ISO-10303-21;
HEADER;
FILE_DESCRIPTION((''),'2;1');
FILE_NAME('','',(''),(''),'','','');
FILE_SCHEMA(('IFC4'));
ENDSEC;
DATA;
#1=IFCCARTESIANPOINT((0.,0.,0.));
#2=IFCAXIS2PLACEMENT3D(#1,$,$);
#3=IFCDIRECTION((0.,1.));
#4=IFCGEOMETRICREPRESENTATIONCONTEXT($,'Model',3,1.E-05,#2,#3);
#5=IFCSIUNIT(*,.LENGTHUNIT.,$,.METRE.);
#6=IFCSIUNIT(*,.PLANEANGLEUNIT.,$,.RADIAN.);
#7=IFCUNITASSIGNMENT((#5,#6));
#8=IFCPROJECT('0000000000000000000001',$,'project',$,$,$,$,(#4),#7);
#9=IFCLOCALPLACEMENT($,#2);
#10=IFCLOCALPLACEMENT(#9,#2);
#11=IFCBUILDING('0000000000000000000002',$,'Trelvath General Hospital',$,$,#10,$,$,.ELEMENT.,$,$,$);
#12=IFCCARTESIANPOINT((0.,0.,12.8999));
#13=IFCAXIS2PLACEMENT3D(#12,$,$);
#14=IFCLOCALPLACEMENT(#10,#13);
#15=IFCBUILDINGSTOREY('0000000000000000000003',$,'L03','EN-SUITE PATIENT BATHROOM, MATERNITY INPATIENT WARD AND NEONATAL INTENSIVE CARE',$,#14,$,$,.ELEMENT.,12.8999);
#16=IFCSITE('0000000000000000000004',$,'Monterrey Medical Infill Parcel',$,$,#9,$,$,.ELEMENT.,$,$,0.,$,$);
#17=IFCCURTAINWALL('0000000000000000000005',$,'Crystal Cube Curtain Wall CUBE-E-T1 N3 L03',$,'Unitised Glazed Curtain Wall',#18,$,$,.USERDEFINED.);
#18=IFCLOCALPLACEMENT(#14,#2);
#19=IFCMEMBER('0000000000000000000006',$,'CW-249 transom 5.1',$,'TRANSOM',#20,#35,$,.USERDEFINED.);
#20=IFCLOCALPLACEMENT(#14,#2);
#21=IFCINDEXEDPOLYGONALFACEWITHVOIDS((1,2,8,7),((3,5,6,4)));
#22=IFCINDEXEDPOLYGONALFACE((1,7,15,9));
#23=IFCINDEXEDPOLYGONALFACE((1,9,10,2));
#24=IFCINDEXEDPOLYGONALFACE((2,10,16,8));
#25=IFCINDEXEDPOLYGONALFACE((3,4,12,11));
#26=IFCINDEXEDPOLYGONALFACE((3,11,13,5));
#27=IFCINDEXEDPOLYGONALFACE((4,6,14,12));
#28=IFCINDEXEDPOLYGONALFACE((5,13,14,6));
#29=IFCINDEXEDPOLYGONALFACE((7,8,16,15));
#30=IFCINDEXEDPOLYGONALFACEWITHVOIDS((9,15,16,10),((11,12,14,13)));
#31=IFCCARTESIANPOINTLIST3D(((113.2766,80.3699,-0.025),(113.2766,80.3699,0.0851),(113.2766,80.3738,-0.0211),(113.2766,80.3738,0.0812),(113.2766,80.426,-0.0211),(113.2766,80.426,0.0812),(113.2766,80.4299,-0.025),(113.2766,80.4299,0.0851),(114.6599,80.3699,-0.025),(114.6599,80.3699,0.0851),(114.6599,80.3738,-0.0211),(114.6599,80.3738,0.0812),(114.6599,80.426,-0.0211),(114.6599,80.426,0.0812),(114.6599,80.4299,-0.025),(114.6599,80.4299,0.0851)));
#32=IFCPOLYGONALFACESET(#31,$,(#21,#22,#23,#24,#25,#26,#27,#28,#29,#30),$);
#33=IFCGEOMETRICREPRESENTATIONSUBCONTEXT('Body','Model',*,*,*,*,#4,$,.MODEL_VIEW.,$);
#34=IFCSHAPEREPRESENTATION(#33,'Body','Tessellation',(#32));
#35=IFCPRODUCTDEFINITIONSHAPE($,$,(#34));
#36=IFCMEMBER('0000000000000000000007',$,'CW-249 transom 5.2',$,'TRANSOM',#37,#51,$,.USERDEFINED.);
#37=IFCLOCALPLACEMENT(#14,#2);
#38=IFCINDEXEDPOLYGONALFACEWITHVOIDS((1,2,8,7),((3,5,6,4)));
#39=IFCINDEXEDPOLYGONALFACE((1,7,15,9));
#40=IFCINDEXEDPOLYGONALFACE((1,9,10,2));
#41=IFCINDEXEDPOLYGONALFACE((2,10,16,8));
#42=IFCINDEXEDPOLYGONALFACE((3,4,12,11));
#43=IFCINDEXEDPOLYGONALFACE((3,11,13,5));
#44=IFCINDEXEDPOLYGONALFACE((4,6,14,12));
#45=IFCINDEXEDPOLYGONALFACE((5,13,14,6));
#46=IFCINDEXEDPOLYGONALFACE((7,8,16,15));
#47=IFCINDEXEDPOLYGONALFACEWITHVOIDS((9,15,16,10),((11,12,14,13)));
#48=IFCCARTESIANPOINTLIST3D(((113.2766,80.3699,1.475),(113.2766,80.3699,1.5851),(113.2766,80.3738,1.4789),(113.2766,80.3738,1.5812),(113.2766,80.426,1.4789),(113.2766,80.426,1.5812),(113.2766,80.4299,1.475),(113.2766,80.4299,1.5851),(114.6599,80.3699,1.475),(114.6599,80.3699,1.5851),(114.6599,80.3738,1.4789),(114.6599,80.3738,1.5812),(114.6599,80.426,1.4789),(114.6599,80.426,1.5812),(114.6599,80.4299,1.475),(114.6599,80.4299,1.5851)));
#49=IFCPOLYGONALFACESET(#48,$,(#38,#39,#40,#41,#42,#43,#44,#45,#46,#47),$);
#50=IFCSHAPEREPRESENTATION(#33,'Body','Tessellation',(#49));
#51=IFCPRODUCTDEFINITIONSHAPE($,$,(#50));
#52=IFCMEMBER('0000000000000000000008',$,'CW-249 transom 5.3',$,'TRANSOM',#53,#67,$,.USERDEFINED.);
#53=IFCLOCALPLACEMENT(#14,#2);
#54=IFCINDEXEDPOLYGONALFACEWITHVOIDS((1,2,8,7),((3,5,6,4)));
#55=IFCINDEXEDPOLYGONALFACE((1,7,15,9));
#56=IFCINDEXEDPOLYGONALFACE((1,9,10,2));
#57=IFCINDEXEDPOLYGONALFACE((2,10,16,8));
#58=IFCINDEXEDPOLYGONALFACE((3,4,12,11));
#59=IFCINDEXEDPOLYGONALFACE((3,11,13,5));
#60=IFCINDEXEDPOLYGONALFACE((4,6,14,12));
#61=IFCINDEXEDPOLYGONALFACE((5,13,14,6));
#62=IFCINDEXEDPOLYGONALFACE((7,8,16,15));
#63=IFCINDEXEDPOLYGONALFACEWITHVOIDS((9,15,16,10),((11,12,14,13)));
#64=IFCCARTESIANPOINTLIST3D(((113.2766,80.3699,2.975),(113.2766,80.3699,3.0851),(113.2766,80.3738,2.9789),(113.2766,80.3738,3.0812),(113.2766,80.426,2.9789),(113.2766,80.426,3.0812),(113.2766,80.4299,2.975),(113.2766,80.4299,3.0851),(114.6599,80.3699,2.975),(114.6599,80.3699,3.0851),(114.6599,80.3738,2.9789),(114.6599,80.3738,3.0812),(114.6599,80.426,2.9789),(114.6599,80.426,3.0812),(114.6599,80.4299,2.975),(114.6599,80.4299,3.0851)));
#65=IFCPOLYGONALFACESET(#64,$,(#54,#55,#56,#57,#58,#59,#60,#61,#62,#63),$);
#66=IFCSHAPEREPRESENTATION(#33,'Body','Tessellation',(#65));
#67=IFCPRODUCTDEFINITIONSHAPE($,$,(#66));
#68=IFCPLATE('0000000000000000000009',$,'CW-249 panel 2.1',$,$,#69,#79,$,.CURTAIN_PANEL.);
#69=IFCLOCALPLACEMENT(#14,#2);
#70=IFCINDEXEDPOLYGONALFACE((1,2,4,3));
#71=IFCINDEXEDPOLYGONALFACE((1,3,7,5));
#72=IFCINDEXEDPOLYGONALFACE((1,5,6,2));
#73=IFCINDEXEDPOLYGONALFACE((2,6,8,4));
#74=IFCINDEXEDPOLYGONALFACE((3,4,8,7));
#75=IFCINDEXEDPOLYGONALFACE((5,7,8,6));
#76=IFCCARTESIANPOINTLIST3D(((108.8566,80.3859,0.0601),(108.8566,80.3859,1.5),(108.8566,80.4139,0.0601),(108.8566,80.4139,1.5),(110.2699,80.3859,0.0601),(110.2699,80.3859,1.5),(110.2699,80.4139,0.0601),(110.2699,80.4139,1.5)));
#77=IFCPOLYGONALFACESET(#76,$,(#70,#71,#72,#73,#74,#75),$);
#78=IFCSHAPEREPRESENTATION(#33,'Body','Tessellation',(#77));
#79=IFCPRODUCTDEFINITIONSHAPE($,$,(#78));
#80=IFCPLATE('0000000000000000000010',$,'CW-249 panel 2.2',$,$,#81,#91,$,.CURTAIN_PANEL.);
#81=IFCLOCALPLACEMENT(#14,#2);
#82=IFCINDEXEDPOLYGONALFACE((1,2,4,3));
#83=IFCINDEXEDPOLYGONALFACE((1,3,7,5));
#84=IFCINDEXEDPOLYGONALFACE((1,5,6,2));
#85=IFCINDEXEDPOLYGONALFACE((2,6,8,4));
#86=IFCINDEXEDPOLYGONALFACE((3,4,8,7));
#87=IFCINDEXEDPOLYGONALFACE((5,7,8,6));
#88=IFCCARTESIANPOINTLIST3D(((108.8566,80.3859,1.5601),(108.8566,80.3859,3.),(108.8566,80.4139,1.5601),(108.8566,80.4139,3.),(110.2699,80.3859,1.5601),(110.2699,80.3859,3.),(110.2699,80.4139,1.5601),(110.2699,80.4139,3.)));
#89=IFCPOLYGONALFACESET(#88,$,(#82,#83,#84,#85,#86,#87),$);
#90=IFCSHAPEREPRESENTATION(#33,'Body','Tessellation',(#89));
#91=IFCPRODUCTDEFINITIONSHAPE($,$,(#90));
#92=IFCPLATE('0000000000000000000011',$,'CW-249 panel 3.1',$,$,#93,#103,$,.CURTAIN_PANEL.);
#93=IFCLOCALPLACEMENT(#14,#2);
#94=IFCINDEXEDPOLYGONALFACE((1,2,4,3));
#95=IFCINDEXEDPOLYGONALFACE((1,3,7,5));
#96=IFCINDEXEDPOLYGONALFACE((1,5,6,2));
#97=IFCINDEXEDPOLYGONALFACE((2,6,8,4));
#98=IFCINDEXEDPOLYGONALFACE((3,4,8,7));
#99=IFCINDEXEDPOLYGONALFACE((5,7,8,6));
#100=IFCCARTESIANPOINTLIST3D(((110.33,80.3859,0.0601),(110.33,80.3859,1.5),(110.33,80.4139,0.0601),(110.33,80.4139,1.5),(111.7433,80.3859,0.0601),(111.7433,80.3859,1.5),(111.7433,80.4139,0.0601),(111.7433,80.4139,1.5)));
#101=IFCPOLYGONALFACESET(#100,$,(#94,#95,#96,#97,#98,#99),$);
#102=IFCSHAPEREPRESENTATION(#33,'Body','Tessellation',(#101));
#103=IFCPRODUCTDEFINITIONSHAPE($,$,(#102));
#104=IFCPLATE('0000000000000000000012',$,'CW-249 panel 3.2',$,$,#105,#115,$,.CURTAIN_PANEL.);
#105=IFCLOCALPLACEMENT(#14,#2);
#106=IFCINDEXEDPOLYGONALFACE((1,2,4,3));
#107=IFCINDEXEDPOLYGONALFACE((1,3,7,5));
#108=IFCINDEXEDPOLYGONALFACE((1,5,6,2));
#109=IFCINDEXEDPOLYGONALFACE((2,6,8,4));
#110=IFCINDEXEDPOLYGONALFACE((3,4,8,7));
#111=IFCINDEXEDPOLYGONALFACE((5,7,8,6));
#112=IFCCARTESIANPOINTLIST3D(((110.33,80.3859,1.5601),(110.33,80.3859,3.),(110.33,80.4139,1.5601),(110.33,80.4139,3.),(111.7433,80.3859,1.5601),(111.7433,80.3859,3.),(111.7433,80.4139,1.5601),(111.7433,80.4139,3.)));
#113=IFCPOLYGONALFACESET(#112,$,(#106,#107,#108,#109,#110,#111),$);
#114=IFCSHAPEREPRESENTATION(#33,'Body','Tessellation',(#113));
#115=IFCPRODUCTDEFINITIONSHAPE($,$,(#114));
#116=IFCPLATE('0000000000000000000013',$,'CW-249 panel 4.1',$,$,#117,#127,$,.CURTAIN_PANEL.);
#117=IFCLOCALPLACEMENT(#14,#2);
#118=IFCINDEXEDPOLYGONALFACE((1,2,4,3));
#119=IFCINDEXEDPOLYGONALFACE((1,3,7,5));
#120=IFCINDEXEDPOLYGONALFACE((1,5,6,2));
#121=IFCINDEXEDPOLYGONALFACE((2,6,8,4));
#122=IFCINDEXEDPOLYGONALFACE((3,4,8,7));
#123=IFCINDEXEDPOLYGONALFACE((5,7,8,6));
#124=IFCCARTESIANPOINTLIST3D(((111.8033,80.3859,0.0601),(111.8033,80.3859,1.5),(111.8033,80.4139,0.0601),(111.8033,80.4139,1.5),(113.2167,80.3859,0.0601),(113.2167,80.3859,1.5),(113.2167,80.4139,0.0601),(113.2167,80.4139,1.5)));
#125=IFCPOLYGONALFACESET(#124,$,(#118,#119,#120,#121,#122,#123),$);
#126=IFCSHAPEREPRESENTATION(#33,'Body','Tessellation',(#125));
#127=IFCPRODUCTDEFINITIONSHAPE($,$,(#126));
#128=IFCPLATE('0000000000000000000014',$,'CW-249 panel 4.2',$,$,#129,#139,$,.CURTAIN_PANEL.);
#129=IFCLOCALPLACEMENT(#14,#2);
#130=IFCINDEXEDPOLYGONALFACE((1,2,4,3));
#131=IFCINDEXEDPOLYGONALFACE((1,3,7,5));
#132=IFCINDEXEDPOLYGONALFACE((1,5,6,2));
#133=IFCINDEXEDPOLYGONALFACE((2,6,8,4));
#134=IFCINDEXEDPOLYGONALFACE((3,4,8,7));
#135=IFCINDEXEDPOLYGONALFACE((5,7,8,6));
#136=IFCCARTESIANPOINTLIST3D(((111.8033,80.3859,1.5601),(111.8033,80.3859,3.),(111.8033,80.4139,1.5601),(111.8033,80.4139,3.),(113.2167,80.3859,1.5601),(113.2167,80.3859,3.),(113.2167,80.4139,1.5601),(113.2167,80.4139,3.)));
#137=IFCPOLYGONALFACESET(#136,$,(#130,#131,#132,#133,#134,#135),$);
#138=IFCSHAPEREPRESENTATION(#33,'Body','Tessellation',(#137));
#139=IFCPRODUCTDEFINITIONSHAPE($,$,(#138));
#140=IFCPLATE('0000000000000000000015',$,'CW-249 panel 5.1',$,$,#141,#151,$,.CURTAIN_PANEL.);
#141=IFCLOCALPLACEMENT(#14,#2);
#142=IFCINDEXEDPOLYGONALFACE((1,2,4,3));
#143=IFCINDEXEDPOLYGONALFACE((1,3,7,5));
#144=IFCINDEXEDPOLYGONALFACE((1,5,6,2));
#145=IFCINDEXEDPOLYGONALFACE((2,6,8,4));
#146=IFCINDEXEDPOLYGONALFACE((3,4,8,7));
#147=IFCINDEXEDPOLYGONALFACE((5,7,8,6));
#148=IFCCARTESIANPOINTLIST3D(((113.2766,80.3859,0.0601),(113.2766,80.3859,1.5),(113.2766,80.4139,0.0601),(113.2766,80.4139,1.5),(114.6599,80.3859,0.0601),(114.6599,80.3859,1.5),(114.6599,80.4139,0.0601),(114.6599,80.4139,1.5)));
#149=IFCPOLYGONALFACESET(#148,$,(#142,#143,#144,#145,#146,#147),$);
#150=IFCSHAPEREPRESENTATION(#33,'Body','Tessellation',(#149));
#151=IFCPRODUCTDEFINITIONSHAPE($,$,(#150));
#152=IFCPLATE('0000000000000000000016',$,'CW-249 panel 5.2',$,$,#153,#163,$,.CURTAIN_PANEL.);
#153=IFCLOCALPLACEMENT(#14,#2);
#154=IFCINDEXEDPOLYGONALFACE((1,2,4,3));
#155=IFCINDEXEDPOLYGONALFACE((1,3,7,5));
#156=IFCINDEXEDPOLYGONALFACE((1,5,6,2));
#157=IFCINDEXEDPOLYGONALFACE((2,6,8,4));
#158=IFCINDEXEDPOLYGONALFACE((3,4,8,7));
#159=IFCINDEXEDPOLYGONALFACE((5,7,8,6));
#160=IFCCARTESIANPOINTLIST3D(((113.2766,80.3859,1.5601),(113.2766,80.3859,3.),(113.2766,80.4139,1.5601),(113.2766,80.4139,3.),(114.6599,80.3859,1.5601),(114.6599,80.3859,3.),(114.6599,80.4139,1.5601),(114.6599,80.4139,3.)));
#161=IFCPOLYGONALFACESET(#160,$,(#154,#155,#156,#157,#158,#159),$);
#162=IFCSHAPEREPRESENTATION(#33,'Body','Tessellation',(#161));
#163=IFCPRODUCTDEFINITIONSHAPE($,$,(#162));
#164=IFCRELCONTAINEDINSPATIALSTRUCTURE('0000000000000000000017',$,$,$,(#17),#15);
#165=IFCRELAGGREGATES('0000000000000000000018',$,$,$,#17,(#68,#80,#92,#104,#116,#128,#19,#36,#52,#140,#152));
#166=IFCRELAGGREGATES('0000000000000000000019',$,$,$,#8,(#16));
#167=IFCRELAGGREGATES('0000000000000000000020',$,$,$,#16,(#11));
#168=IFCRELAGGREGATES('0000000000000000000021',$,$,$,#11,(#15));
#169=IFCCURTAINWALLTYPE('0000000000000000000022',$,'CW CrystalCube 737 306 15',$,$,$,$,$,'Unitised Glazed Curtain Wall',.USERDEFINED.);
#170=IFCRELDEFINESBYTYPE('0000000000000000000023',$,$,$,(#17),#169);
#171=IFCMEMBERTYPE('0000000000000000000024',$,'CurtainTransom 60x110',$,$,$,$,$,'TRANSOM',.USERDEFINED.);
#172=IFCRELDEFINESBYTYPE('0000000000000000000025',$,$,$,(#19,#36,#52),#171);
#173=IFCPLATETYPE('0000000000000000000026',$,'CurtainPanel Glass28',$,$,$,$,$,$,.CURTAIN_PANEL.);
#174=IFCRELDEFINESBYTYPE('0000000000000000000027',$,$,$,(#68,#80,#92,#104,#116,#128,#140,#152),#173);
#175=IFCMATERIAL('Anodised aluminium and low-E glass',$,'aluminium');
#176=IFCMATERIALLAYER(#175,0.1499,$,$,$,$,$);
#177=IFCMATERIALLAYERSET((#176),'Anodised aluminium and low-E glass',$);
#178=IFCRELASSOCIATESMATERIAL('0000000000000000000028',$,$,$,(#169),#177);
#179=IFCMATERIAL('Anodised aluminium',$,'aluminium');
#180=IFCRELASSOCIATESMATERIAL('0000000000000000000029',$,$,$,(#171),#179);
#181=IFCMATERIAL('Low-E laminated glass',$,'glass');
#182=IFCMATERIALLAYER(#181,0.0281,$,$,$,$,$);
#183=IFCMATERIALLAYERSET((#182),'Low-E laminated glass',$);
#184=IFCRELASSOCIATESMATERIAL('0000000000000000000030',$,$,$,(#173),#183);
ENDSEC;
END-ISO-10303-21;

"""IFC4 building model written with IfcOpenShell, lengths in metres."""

from ifc_helpers import new_model, si_unit, direction, frame, origin, origin_2d, place, context, subcontext, project, spatial, rectangle, hollow_rectangle, extrude, material, layer, layer_set, material_profile, profile_set, type_object, element, aggregate, save


model = new_model("IFC4")

# Units and contexts
model_context = context("Model", 3, precision=1e-05, world=origin(), true_north=direction((0.0, 1.0)))
body_context = subcontext(model_context, "Body", "Model", "MODEL_VIEW")
ifc_project = project(units=[si_unit("LENGTHUNIT", "METRE"), si_unit("PLANEANGLEUNIT", "RADIAN")], contexts=[model_context])

# Site, building, storey
site_placement = place(None, origin())
site = spatial("IfcSite", under=ifc_project, at=site_placement, Name="Monterrey Medical Infill Parcel", CompositionType="ELEMENT", RefElevation=0.0)
building_placement = place(site_placement, origin())
building = spatial("IfcBuilding", under=site, at=building_placement, Name="Trelvath General Hospital", CompositionType="ELEMENT")
storey_placement = place(building_placement, frame((0.0, 0.0, 12.8999)))
storey = spatial("IfcBuildingStorey", under=building, at=storey_placement, Name="L03", Description="EN-SUITE PATIENT BATHROOM, MATERNITY INPATIENT WARD AND NEONATAL INTENSIVE CARE", CompositionType="ELEMENT", Elevation=12.8999)

# Curtain wall, members, plates
ifc_material_1 = material(Name="Anodised aluminium and low-E glass", Category="aluminium")
ifc_layer_1 = layer(ifc_material_1, 0.1499)
ifc_layer_set_1 = layer_set([ifc_layer_1], Name="Anodised aluminium and low-E glass")
curtain_wall_type = type_object("IfcCurtainWallType", Name="CW CrystalCube 737 306 15", ElementType="Unitised Glazed Curtain Wall", PredefinedType="USERDEFINED", material=ifc_layer_set_1)
curtain_wall_placement = place(storey_placement, origin())
curtain_wall = element("IfcCurtainWall", 1, at=curtain_wall_placement, inside=storey, type_object=curtain_wall_type, Name="Crystal Cube Curtain Wall CUBE-E-T1 N3 L03", ObjectType="Unitised Glazed Curtain Wall", PredefinedType="USERDEFINED")
ifc_material_2 = material(Name="Anodised aluminium", Category="aluminium")
ifc_material_profile_1 = material_profile(ifc_material_2, hollow_rectangle(XDim=0.0601, YDim=0.1101, WallThickness=0.0039, at=origin_2d()), Name="RHS60x110x4")
ifc_profile_set_1 = profile_set([ifc_material_profile_1], Name="Anodised aluminium")
member_type_1 = type_object("IfcMemberType", Name="CurtainTransom 60x110", ElementType="TRANSOM", PredefinedType="USERDEFINED", material=ifc_profile_set_1)
member_1_placement = place(storey_placement, frame((113.2766, 80.3999, 0.03), z_axis=(1.0, 0.0, 0.0), x_axis=(0.0, 1.0, 0.0)))
member_1 = element("IfcMember", 2, at=member_1_placement, type_object=member_type_1, Name="CW-249 transom 5.1", ObjectType="TRANSOM", PredefinedType="USERDEFINED", context=body_context, shape_type="SweptSolid", body=[
    extrude(hollow_rectangle(XDim=0.0601, YDim=0.1101, WallThickness=0.0039, at=origin_2d()), origin(), (0.0, 0.0, 1.0), 1.3833),
])
member_2_placement = place(storey_placement, frame((113.2766, 80.3999, 1.53), z_axis=(1.0, 0.0, 0.0), x_axis=(0.0, 1.0, 0.0)))
member_2 = element("IfcMember", 3, at=member_2_placement, type_object=member_type_1, Name="CW-249 transom 5.2", ObjectType="TRANSOM", PredefinedType="USERDEFINED", context=body_context, shape_type="SweptSolid", body=[
    extrude(hollow_rectangle(XDim=0.0601, YDim=0.1101, WallThickness=0.0039, at=origin_2d()), origin(), (0.0, 0.0, 1.0), 1.3833),
])
member_3_placement = place(storey_placement, frame((113.2766, 80.3999, 3.03), z_axis=(1.0, 0.0, 0.0), x_axis=(0.0, 1.0, 0.0)))
member_3 = element("IfcMember", 4, at=member_3_placement, type_object=member_type_1, Name="CW-249 transom 5.3", ObjectType="TRANSOM", PredefinedType="USERDEFINED", context=body_context, shape_type="SweptSolid", body=[
    extrude(hollow_rectangle(XDim=0.0601, YDim=0.1101, WallThickness=0.0039, at=origin_2d()), origin(), (0.0, 0.0, 1.0), 1.3833),
])
ifc_material_3 = material(Name="Low-E laminated glass", Category="glass")
ifc_layer_2 = layer(ifc_material_3, 0.0281)
ifc_layer_set_2 = layer_set([ifc_layer_2], Name="Low-E laminated glass")
plate_type = type_object("IfcPlateType", Name="CurtainPanel Glass28", PredefinedType="CURTAIN_PANEL", material=ifc_layer_set_2)
plate_1_placement = place(storey_placement, frame((109.5632, 80.3999, 0.0601), z_axis=(0.0, 0.0, 1.0), x_axis=(1.0, 0.0, 0.0)))
plate_1 = element("IfcPlate", 5, at=plate_1_placement, type_object=plate_type, Name="CW-249 panel 2.1", PredefinedType="CURTAIN_PANEL", context=body_context, shape_type="SweptSolid", body=[
    extrude(rectangle(XDim=1.4133, YDim=0.0281, at=origin_2d()), origin(), (0.0, 0.0, 1.0), 1.4399),
])
plate_2_placement = place(storey_placement, frame((109.5632, 80.3999, 1.5601), z_axis=(0.0, 0.0, 1.0), x_axis=(1.0, 0.0, 0.0)))
plate_2 = element("IfcPlate", 6, at=plate_2_placement, type_object=plate_type, Name="CW-249 panel 2.2", PredefinedType="CURTAIN_PANEL", context=body_context, shape_type="SweptSolid", body=[
    extrude(rectangle(XDim=1.4133, YDim=0.0281, at=origin_2d()), origin(), (0.0, 0.0, 1.0), 1.4399),
])
plate_3_placement = place(storey_placement, frame((111.0366, 80.3999, 0.0601), z_axis=(0.0, 0.0, 1.0), x_axis=(1.0, 0.0, 0.0)))
plate_3 = element("IfcPlate", 7, at=plate_3_placement, type_object=plate_type, Name="CW-249 panel 3.1", PredefinedType="CURTAIN_PANEL", context=body_context, shape_type="SweptSolid", body=[
    extrude(rectangle(XDim=1.4133, YDim=0.0281, at=origin_2d()), origin(), (0.0, 0.0, 1.0), 1.4399),
])
plate_4_placement = place(storey_placement, frame((111.0366, 80.3999, 1.5601), z_axis=(0.0, 0.0, 1.0), x_axis=(1.0, 0.0, 0.0)))
plate_4 = element("IfcPlate", 8, at=plate_4_placement, type_object=plate_type, Name="CW-249 panel 3.2", PredefinedType="CURTAIN_PANEL", context=body_context, shape_type="SweptSolid", body=[
    extrude(rectangle(XDim=1.4133, YDim=0.0281, at=origin_2d()), origin(), (0.0, 0.0, 1.0), 1.4399),
])
plate_5_placement = place(storey_placement, frame((112.51, 80.3999, 0.0601), z_axis=(0.0, 0.0, 1.0), x_axis=(1.0, 0.0, 0.0)))
plate_5 = element("IfcPlate", 9, at=plate_5_placement, type_object=plate_type, Name="CW-249 panel 4.1", PredefinedType="CURTAIN_PANEL", context=body_context, shape_type="SweptSolid", body=[
    extrude(rectangle(XDim=1.4133, YDim=0.0281, at=origin_2d()), origin(), (0.0, 0.0, 1.0), 1.4399),
])
plate_6_placement = place(storey_placement, frame((112.51, 80.3999, 1.5601), z_axis=(0.0, 0.0, 1.0), x_axis=(1.0, 0.0, 0.0)))
plate_6 = element("IfcPlate", 10, at=plate_6_placement, type_object=plate_type, Name="CW-249 panel 4.2", PredefinedType="CURTAIN_PANEL", context=body_context, shape_type="SweptSolid", body=[
    extrude(rectangle(XDim=1.4133, YDim=0.0281, at=origin_2d()), origin(), (0.0, 0.0, 1.0), 1.4399),
])
plate_7_placement = place(storey_placement, frame((113.9683, 80.3999, 0.0601), z_axis=(0.0, 0.0, 1.0), x_axis=(1.0, 0.0, 0.0)))
plate_7 = element("IfcPlate", 11, at=plate_7_placement, type_object=plate_type, Name="CW-249 panel 5.1", PredefinedType="CURTAIN_PANEL", context=body_context, shape_type="SweptSolid", body=[
    extrude(rectangle(XDim=1.3833, YDim=0.0281, at=origin_2d()), origin(), (0.0, 0.0, 1.0), 1.4399),
])
plate_8_placement = place(storey_placement, frame((113.9683, 80.3999, 1.5601), z_axis=(0.0, 0.0, 1.0), x_axis=(1.0, 0.0, 0.0)))
plate_8 = element("IfcPlate", 12, at=plate_8_placement, type_object=plate_type, Name="CW-249 panel 5.2", PredefinedType="CURTAIN_PANEL", context=body_context, shape_type="SweptSolid", body=[
    extrude(rectangle(XDim=1.3833, YDim=0.0281, at=origin_2d()), origin(), (0.0, 0.0, 1.0), 1.4399),
])
aggregate(curtain_wall, [plate_1, plate_2, plate_3, plate_4, plate_5, plate_6, member_1, member_2, member_3, plate_7, plate_8])

save(model, "model.ifc")
